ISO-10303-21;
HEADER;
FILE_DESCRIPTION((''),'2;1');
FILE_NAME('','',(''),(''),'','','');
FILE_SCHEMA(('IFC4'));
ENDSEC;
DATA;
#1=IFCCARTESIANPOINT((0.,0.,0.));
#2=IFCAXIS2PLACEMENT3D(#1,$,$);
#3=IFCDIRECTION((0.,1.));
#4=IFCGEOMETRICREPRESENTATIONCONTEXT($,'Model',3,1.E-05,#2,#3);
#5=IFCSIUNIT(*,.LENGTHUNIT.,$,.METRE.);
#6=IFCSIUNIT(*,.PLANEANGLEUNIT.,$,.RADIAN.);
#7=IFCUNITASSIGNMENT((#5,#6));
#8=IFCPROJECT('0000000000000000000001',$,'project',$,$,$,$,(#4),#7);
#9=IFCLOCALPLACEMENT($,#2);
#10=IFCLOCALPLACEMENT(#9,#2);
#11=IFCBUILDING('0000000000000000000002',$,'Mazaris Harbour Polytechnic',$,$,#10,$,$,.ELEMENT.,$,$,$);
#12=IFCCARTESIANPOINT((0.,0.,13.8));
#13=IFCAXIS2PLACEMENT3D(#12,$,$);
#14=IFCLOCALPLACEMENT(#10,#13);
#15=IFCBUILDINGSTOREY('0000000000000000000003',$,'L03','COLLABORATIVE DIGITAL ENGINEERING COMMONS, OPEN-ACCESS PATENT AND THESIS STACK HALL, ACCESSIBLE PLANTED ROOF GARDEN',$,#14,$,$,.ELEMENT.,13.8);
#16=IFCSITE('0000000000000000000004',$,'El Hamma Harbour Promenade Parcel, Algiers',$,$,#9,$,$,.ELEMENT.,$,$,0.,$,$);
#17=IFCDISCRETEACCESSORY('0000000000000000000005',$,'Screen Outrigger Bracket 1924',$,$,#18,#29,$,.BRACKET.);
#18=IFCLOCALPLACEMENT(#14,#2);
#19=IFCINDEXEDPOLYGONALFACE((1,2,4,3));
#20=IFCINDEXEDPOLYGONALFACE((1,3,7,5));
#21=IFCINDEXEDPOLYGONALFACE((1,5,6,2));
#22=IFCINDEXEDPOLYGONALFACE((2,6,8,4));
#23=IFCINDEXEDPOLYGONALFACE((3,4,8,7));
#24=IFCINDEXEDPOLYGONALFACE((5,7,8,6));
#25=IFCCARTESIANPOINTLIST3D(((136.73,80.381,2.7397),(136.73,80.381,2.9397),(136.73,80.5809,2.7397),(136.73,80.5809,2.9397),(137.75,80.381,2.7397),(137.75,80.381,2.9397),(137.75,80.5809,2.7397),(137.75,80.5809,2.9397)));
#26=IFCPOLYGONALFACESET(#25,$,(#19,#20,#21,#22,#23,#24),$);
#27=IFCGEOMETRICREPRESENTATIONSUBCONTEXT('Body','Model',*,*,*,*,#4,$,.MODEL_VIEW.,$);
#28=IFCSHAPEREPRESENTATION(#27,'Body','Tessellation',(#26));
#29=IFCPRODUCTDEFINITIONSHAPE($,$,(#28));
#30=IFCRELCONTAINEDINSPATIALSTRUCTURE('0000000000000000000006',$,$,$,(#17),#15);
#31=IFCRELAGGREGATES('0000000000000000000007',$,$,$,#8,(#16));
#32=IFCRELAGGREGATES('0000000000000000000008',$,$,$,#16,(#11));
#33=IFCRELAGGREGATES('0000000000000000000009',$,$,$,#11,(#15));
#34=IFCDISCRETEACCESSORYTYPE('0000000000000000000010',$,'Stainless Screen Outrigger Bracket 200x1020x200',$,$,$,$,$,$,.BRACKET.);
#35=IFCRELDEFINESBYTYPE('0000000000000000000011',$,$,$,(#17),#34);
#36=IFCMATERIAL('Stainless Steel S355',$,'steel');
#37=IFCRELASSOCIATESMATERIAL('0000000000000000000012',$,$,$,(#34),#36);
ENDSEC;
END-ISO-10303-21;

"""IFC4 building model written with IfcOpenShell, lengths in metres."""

from ifc_helpers import new_model, si_unit, direction, frame, origin, origin_2d, place, context, subcontext, project, spatial, rectangle, extrude, material, type_object, element, save


model = new_model("IFC4")

# Units and contexts
model_context = context("Model", 3, precision=1e-05, world=origin(), true_north=direction((0.0, 1.0)))
body_context = subcontext(model_context, "Body", "Model", "MODEL_VIEW")
ifc_project = project(units=[si_unit("LENGTHUNIT", "METRE"), si_unit("PLANEANGLEUNIT", "RADIAN")], contexts=[model_context])

# Site, building, storey
site_placement = place(None, origin())
site = spatial("IfcSite", under=ifc_project, at=site_placement, Name="El Hamma Harbour Promenade Parcel, Algiers", CompositionType="ELEMENT", RefElevation=0.0)
building_placement = place(site_placement, origin())
building = spatial("IfcBuilding", under=site, at=building_placement, Name="Mazaris Harbour Polytechnic", CompositionType="ELEMENT")
storey_placement = place(building_placement, frame((0.0, 0.0, 13.8)))
storey = spatial("IfcBuildingStorey", under=building, at=storey_placement, Name="L03", Description="COLLABORATIVE DIGITAL ENGINEERING COMMONS, OPEN-ACCESS PATENT AND THESIS STACK HALL, ACCESSIBLE PLANTED ROOF GARDEN", CompositionType="ELEMENT", Elevation=13.8)

# Discrete accessory
ifc_material_1 = material(Name="Stainless Steel S355", Category="steel")
discrete_accessory_type = type_object("IfcDiscreteAccessoryType", Name="Stainless Screen Outrigger Bracket 200x1020x200", PredefinedType="BRACKET", material=ifc_material_1)
for number, where, z_axis, x_axis, name in (
    (1, (137.24, 80.481, 2.7397), (0.0, 0.0, 1.0), (0.0, 1.0, 0.0), "Screen Outrigger Bracket 1924"),
):
    element("IfcDiscreteAccessory", number, at=place(storey_placement, frame(where, z_axis=z_axis, x_axis=x_axis)), inside=storey, type_object=discrete_accessory_type, Name=name, PredefinedType="BRACKET", context=body_context, shape_type="SweptSolid", body=[
        extrude(rectangle(XDim=0.2, YDim=1.02, at=origin_2d()), origin(), (0.0, 0.0, 1.0), 0.2),
    ])

save(model, "model.ifc")
